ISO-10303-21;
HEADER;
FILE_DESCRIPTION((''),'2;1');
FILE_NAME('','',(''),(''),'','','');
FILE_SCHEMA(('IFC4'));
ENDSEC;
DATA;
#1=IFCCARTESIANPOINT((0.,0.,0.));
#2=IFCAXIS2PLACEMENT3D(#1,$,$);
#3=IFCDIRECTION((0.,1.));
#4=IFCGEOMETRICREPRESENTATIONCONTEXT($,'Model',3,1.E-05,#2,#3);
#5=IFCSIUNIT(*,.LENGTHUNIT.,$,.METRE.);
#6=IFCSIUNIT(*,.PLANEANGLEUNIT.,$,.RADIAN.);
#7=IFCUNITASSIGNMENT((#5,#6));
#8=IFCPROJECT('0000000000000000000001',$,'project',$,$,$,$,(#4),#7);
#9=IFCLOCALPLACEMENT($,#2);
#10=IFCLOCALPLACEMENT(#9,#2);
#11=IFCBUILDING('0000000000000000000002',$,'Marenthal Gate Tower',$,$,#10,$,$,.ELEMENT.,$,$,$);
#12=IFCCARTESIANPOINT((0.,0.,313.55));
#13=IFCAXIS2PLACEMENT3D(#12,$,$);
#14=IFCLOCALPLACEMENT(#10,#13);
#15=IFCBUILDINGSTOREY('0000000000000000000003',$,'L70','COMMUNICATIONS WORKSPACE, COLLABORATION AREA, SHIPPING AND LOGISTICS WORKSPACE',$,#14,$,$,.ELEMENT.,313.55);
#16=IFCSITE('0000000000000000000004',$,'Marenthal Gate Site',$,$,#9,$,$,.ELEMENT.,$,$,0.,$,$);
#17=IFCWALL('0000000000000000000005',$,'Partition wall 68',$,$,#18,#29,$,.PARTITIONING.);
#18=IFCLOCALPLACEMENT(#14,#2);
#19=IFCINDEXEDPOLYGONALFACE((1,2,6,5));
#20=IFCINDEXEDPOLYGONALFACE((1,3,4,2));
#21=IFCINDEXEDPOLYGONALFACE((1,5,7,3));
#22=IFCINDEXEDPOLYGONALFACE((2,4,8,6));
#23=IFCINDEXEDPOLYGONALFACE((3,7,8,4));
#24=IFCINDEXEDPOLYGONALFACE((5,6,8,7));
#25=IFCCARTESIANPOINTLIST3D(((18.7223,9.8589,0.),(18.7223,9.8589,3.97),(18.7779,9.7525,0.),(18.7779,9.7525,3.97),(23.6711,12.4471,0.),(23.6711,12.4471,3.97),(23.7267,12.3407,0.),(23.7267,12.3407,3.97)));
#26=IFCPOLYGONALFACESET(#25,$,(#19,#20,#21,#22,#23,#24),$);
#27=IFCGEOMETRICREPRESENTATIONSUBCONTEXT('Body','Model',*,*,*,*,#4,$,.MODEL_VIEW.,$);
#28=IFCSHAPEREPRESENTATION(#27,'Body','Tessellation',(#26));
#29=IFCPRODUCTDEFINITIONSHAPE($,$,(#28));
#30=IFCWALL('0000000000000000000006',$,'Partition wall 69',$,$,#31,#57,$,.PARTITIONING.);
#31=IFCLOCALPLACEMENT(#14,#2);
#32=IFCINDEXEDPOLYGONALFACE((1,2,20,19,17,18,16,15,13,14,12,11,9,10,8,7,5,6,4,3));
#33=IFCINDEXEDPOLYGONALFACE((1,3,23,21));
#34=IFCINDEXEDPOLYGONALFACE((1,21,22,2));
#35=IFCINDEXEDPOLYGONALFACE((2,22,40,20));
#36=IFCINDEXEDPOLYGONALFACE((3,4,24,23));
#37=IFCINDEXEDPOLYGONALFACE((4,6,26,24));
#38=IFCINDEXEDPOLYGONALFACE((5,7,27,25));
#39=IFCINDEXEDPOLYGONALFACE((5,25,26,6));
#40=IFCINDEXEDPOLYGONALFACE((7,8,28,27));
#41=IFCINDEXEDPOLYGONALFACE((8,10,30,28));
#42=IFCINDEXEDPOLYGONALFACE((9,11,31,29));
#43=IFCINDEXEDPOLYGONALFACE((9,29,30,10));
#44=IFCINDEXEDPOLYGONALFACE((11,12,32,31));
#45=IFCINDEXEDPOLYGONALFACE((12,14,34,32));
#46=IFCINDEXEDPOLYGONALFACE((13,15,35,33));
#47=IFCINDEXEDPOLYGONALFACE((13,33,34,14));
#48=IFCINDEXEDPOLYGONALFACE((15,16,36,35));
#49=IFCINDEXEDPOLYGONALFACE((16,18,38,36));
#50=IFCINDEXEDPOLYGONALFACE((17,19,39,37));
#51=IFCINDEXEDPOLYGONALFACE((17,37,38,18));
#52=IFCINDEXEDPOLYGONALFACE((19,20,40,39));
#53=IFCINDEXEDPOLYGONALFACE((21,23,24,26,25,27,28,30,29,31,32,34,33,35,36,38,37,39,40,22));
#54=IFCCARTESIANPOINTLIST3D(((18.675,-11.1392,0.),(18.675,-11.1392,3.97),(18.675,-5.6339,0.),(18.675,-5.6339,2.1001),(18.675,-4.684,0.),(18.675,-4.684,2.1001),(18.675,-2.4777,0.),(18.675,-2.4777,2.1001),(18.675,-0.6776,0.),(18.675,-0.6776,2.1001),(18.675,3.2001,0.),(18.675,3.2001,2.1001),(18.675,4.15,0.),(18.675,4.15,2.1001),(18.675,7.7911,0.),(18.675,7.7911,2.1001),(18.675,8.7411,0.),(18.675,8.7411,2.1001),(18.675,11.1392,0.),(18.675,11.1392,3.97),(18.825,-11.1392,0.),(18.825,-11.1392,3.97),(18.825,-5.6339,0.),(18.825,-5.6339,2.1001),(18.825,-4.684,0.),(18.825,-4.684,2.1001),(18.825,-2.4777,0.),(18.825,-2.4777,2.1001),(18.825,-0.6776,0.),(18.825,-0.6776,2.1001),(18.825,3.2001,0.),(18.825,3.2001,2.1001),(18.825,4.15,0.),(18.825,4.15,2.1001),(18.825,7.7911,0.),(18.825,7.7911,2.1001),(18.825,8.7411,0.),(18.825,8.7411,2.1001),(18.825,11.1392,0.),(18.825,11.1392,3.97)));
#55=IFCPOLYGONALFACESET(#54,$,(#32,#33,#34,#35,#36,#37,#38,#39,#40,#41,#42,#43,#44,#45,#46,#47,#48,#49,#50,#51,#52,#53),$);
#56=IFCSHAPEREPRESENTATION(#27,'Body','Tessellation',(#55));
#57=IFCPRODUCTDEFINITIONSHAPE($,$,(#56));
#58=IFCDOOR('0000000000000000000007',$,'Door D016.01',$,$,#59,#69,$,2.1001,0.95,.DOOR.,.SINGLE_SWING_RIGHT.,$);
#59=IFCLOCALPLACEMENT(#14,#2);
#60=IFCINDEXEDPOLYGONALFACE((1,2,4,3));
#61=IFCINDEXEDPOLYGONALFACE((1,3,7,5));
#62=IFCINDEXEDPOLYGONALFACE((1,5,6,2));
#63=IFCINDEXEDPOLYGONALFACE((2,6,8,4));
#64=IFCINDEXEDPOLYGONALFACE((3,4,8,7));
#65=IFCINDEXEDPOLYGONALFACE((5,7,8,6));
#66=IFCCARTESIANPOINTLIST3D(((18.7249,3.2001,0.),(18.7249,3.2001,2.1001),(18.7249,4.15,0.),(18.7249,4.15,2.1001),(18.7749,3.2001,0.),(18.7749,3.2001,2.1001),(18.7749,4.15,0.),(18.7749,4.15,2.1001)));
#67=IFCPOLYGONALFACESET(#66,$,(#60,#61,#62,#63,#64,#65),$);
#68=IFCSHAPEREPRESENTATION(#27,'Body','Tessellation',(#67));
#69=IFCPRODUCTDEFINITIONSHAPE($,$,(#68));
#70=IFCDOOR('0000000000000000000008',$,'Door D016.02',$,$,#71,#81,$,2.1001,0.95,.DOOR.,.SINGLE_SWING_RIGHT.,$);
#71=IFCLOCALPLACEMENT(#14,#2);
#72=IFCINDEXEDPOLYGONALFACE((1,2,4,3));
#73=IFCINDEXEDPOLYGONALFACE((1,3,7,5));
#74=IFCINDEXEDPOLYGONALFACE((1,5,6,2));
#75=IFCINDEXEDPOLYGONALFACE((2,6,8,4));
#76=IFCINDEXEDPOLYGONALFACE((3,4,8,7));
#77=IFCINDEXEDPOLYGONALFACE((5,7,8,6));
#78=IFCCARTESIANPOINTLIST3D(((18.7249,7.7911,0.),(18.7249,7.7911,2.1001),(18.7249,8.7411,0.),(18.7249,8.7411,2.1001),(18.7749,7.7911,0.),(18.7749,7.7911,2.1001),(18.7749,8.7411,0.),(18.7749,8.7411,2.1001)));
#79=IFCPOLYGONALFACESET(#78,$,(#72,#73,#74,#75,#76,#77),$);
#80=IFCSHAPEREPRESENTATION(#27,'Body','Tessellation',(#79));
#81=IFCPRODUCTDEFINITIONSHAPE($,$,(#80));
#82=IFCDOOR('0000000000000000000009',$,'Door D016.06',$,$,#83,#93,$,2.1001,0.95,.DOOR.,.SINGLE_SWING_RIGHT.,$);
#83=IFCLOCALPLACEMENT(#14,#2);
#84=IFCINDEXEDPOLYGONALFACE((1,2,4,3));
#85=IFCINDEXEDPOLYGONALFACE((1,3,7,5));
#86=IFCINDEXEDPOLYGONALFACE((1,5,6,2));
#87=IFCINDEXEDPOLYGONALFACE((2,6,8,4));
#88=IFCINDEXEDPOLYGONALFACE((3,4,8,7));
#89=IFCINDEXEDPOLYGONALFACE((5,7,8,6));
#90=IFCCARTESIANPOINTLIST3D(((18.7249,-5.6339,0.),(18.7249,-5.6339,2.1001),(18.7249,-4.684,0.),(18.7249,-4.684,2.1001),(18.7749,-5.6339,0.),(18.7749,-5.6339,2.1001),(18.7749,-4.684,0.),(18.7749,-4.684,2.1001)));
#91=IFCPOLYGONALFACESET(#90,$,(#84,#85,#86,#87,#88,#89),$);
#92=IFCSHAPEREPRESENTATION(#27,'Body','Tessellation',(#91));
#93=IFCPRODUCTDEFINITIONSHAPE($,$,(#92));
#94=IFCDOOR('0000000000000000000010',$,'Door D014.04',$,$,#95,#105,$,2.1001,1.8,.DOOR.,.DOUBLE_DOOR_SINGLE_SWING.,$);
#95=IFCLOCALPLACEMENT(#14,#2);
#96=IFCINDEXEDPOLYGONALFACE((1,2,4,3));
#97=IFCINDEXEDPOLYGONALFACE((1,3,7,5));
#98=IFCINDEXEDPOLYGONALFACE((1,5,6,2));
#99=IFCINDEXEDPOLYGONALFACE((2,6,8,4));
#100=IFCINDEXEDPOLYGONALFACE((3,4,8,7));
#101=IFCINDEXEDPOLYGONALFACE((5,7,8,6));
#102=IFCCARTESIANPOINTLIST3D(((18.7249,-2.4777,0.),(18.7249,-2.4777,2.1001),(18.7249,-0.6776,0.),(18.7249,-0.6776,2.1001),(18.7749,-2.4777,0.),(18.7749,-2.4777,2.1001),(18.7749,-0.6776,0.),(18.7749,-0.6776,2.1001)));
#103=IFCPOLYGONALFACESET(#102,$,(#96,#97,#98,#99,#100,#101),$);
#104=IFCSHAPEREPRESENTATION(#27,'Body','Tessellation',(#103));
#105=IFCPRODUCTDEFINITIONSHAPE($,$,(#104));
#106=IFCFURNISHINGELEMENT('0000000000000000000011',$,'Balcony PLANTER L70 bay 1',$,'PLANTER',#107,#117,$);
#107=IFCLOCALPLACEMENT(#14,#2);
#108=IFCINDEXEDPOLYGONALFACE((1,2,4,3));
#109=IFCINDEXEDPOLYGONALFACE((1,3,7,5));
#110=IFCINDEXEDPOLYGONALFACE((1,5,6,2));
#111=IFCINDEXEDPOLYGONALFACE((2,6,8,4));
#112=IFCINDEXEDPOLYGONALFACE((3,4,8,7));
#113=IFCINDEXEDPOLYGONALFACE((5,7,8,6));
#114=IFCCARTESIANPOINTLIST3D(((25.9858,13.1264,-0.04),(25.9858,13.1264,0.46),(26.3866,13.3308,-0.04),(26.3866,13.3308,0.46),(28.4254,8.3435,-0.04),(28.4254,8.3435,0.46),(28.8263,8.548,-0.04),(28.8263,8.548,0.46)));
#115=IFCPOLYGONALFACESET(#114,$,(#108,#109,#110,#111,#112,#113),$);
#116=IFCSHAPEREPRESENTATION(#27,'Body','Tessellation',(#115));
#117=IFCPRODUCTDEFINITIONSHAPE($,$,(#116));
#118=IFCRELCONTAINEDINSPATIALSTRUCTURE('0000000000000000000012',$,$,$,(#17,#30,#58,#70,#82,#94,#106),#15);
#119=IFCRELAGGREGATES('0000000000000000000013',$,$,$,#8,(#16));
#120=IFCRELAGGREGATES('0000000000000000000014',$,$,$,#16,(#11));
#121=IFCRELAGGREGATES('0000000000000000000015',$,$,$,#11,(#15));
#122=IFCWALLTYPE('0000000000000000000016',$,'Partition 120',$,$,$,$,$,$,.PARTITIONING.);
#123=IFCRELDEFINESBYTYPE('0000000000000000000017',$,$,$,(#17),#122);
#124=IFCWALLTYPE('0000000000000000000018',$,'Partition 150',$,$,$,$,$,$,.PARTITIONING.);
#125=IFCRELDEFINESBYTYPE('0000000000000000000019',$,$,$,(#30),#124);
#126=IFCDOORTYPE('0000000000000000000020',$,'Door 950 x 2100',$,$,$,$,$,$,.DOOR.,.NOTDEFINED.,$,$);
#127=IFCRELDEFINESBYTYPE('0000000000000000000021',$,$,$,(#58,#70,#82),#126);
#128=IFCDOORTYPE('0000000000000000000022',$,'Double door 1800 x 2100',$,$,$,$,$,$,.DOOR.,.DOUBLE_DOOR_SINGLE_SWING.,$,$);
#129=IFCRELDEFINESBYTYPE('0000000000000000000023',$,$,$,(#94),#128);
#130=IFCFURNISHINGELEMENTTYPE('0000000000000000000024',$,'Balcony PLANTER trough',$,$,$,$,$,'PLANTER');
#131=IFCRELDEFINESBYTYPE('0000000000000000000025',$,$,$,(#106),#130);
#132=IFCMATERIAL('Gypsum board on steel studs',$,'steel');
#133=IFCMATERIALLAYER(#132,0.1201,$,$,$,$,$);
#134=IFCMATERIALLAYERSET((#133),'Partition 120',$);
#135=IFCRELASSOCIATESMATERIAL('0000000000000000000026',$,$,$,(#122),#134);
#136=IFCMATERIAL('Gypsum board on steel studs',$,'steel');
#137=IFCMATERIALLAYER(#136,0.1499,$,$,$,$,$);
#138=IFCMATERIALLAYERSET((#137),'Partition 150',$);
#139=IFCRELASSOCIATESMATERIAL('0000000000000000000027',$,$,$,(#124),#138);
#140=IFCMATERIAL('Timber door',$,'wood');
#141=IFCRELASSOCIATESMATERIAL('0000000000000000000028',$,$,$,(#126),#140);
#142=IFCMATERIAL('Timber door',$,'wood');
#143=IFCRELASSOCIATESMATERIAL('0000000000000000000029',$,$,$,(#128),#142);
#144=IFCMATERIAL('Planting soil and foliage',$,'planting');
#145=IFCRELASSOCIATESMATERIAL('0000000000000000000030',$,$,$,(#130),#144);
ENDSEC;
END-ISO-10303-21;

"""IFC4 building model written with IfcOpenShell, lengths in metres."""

from ifc_helpers import new_model, si_unit, direction, frame, frame_2d, origin, origin_2d, place, context, subcontext, project, spatial, rectangle, extrude, material, layer, layer_set, type_object, element, fill, save


model = new_model("IFC4")

# Units and contexts
model_context = context("Model", 3, precision=1e-05, world=origin(), true_north=direction((0.0, 1.0)))
body_context = subcontext(model_context, "Body", "Model", "MODEL_VIEW")
ifc_project = project(units=[si_unit("LENGTHUNIT", "METRE"), si_unit("PLANEANGLEUNIT", "RADIAN")], contexts=[model_context])

# Site, building, storey
site_placement = place(None, origin())
site = spatial("IfcSite", under=ifc_project, at=site_placement, Name="Marenthal Gate Site", CompositionType="ELEMENT", RefElevation=0.0)
building_placement = place(site_placement, origin())
building = spatial("IfcBuilding", under=site, at=building_placement, Name="Marenthal Gate Tower", CompositionType="ELEMENT")
storey_placement = place(building_placement, frame((0.0, 0.0, 313.55)))
storey = spatial("IfcBuildingStorey", under=building, at=storey_placement, Name="L70", Description="COMMUNICATIONS WORKSPACE, COLLABORATION AREA, SHIPPING AND LOGISTICS WORKSPACE", CompositionType="ELEMENT", Elevation=313.55)

# Wall
ifc_material_1 = material(Name="Gypsum board on steel studs", Category="steel")
ifc_layer_1 = layer(ifc_material_1, 0.1201)
ifc_layer_set_1 = layer_set([ifc_layer_1], Name="Partition 120")
wall_type_1 = type_object("IfcWallType", Name="Partition 120", PredefinedType="PARTITIONING", material=ifc_layer_set_1)
wall_1_placement = place(storey_placement, frame((18.75, 9.8057, 0.0), z_axis=(0.0, 0.0, 1.0), x_axis=(0.88613, 0.463437, 0.0)))
element("IfcWall", 1, at=wall_1_placement, inside=storey, type_object=wall_type_1, Name="Partition wall 68", PredefinedType="PARTITIONING", context=body_context, shape_type="SweptSolid", body=[
    extrude(rectangle(XDim=5.5847, YDim=0.1201, at=frame_2d((2.7925, 0.0))), origin(), (0.0, 0.0, 1.0), 3.97),
])

# Wall, openings, doors
ifc_material_2 = material(Name="Gypsum board on steel studs", Category="steel")
ifc_layer_2 = layer(ifc_material_2, 0.1499)
ifc_layer_set_2 = layer_set([ifc_layer_2], Name="Partition 150")
wall_type_2 = type_object("IfcWallType", Name="Partition 150", PredefinedType="PARTITIONING", material=ifc_layer_set_2)
wall_2_placement = place(storey_placement, frame((18.75, 11.1392, 0.0), z_axis=(0.0, 0.0, 1.0), x_axis=(0.0, -1.0, 0.0)))
wall_2 = element("IfcWall", 2, at=wall_2_placement, inside=storey, type_object=wall_type_2, Name="Partition wall 69", PredefinedType="PARTITIONING", context=body_context, shape_type="SweptSolid", body=[
    extrude(rectangle(XDim=22.2783, YDim=0.1499, at=frame_2d((11.1392, 0.0))), origin(), (0.0, 0.0, 1.0), 3.97),
])
opening_1_placement = place(wall_2_placement, frame((6.989, 0.0, 0.0)))
opening_1 = element("IfcOpeningElement", 3, at=opening_1_placement, cuts=wall_2, PredefinedType="OPENING", context=body_context, shape_type="SweptSolid", body=[
    extrude(rectangle(XDim=0.95, YDim=2.1001, at=frame_2d((0.4751, 1.05))), frame((0.0, 0.085, 0.0), z_axis=(0.0, -1.0, 0.0), x_axis=(1.0, 0.0, 0.0)), (0.0, 0.0, 1.0), 0.1699),
])
opening_2_placement = place(wall_2_placement, frame((2.3979, 0.0, 0.0)))
opening_2 = element("IfcOpeningElement", 4, at=opening_2_placement, cuts=wall_2, PredefinedType="OPENING", context=body_context, shape_type="SweptSolid", body=[
    extrude(rectangle(XDim=0.95, YDim=2.1001, at=frame_2d((0.4751, 1.05))), frame((0.0, 0.085, 0.0), z_axis=(0.0, -1.0, 0.0), x_axis=(1.0, 0.0, 0.0)), (0.0, 0.0, 1.0), 0.1699),
])
opening_3_placement = place(wall_2_placement, frame((15.823, 0.0, 0.0)))
opening_3 = element("IfcOpeningElement", 5, at=opening_3_placement, cuts=wall_2, PredefinedType="OPENING", context=body_context, shape_type="SweptSolid", body=[
    extrude(rectangle(XDim=0.95, YDim=2.1001, at=frame_2d((0.4751, 1.05))), frame((0.0, 0.085, 0.0), z_axis=(0.0, -1.0, 0.0), x_axis=(1.0, 0.0, 0.0)), (0.0, 0.0, 1.0), 0.1699),
])
opening_4_placement = place(wall_2_placement, frame((11.8169, 0.0, 0.0)))
opening_4 = element("IfcOpeningElement", 6, at=opening_4_placement, cuts=wall_2, PredefinedType="OPENING", context=body_context, shape_type="SweptSolid", body=[
    extrude(rectangle(XDim=1.8, YDim=2.1001, at=frame_2d((0.8999, 1.05))), frame((0.0, 0.085, 0.0), z_axis=(0.0, -1.0, 0.0), x_axis=(1.0, 0.0, 0.0)), (0.0, 0.0, 1.0), 0.1699),
])
ifc_material_3 = material(Name="Timber door", Category="wood")
door_type_1 = type_object("IfcDoorType", Name="Door 950 x 2100", OperationType="NOTDEFINED", PredefinedType="DOOR", material=ifc_material_3)
door_1_placement = place(opening_1_placement, origin())
door_1 = element("IfcDoor", 7, at=door_1_placement, inside=storey, type_object=door_type_1, Name="Door D016.01", OperationType="SINGLE_SWING_RIGHT", OverallHeight=2.1001, OverallWidth=0.95, PredefinedType="DOOR", context=body_context, shape_type="SweptSolid", body=[
    extrude(rectangle(XDim=0.95, YDim=2.1001, at=frame_2d((0.4751, 1.05))), frame((0.0, 0.0249, 0.0), z_axis=(0.0, -1.0, 0.0), x_axis=(1.0, 0.0, 0.0)), (0.0, 0.0, 1.0), 0.05),
])
fill(opening_1, door_1)
door_2_placement = place(opening_2_placement, origin())
door_2 = element("IfcDoor", 8, at=door_2_placement, inside=storey, type_object=door_type_1, Name="Door D016.02", OperationType="SINGLE_SWING_RIGHT", OverallHeight=2.1001, OverallWidth=0.95, PredefinedType="DOOR", context=body_context, shape_type="SweptSolid", body=[
    extrude(rectangle(XDim=0.95, YDim=2.1001, at=frame_2d((0.4751, 1.05))), frame((0.0, 0.0249, 0.0), z_axis=(0.0, -1.0, 0.0), x_axis=(1.0, 0.0, 0.0)), (0.0, 0.0, 1.0), 0.05),
])
fill(opening_2, door_2)
door_3_placement = place(opening_3_placement, origin())
door_3 = element("IfcDoor", 9, at=door_3_placement, inside=storey, type_object=door_type_1, Name="Door D016.06", OperationType="SINGLE_SWING_RIGHT", OverallHeight=2.1001, OverallWidth=0.95, PredefinedType="DOOR", context=body_context, shape_type="SweptSolid", body=[
    extrude(rectangle(XDim=0.95, YDim=2.1001, at=frame_2d((0.4751, 1.05))), frame((0.0, 0.0249, 0.0), z_axis=(0.0, -1.0, 0.0), x_axis=(1.0, 0.0, 0.0)), (0.0, 0.0, 1.0), 0.05),
])
fill(opening_3, door_3)
ifc_material_4 = material(Name="Timber door", Category="wood")
door_type_2 = type_object("IfcDoorType", Name="Double door 1800 x 2100", OperationType="DOUBLE_DOOR_SINGLE_SWING", PredefinedType="DOOR", material=ifc_material_4)
door_4_placement = place(opening_4_placement, origin())
door_4 = element("IfcDoor", 10, at=door_4_placement, inside=storey, type_object=door_type_2, Name="Door D014.04", OperationType="DOUBLE_DOOR_SINGLE_SWING", OverallHeight=2.1001, OverallWidth=1.8, PredefinedType="DOOR", context=body_context, shape_type="SweptSolid", body=[
    extrude(rectangle(XDim=1.8, YDim=2.1001, at=frame_2d((0.8999, 1.05))), frame((0.0, 0.0249, 0.0), z_axis=(0.0, -1.0, 0.0), x_axis=(1.0, 0.0, 0.0)), (0.0, 0.0, 1.0), 0.05),
])
fill(opening_4, door_4)

# Furnishing element
ifc_material_5 = material(Name="Planting soil and foliage", Category="planting")
furnishing_element_type = type_object("IfcFurnishingElementType", Name="Balcony PLANTER trough", ElementType="PLANTER", material=ifc_material_5)
furnishing_placement = place(storey_placement, frame((27.406, 10.8372, -0.04), z_axis=(0.0, 0.0, 1.0), x_axis=(-0.454389, 0.890803, 0.0)))
element("IfcFurnishingElement", 11, at=furnishing_placement, inside=storey, type_object=furnishing_element_type, Name="Balcony PLANTER L70 bay 1", ObjectType="PLANTER", context=body_context, shape_type="SweptSolid", body=[
    extrude(rectangle(XDim=5.3691, YDim=0.45, at=origin_2d()), origin(), (0.0, 0.0, 1.0), 0.5),
])

save(model, "model.ifc")
